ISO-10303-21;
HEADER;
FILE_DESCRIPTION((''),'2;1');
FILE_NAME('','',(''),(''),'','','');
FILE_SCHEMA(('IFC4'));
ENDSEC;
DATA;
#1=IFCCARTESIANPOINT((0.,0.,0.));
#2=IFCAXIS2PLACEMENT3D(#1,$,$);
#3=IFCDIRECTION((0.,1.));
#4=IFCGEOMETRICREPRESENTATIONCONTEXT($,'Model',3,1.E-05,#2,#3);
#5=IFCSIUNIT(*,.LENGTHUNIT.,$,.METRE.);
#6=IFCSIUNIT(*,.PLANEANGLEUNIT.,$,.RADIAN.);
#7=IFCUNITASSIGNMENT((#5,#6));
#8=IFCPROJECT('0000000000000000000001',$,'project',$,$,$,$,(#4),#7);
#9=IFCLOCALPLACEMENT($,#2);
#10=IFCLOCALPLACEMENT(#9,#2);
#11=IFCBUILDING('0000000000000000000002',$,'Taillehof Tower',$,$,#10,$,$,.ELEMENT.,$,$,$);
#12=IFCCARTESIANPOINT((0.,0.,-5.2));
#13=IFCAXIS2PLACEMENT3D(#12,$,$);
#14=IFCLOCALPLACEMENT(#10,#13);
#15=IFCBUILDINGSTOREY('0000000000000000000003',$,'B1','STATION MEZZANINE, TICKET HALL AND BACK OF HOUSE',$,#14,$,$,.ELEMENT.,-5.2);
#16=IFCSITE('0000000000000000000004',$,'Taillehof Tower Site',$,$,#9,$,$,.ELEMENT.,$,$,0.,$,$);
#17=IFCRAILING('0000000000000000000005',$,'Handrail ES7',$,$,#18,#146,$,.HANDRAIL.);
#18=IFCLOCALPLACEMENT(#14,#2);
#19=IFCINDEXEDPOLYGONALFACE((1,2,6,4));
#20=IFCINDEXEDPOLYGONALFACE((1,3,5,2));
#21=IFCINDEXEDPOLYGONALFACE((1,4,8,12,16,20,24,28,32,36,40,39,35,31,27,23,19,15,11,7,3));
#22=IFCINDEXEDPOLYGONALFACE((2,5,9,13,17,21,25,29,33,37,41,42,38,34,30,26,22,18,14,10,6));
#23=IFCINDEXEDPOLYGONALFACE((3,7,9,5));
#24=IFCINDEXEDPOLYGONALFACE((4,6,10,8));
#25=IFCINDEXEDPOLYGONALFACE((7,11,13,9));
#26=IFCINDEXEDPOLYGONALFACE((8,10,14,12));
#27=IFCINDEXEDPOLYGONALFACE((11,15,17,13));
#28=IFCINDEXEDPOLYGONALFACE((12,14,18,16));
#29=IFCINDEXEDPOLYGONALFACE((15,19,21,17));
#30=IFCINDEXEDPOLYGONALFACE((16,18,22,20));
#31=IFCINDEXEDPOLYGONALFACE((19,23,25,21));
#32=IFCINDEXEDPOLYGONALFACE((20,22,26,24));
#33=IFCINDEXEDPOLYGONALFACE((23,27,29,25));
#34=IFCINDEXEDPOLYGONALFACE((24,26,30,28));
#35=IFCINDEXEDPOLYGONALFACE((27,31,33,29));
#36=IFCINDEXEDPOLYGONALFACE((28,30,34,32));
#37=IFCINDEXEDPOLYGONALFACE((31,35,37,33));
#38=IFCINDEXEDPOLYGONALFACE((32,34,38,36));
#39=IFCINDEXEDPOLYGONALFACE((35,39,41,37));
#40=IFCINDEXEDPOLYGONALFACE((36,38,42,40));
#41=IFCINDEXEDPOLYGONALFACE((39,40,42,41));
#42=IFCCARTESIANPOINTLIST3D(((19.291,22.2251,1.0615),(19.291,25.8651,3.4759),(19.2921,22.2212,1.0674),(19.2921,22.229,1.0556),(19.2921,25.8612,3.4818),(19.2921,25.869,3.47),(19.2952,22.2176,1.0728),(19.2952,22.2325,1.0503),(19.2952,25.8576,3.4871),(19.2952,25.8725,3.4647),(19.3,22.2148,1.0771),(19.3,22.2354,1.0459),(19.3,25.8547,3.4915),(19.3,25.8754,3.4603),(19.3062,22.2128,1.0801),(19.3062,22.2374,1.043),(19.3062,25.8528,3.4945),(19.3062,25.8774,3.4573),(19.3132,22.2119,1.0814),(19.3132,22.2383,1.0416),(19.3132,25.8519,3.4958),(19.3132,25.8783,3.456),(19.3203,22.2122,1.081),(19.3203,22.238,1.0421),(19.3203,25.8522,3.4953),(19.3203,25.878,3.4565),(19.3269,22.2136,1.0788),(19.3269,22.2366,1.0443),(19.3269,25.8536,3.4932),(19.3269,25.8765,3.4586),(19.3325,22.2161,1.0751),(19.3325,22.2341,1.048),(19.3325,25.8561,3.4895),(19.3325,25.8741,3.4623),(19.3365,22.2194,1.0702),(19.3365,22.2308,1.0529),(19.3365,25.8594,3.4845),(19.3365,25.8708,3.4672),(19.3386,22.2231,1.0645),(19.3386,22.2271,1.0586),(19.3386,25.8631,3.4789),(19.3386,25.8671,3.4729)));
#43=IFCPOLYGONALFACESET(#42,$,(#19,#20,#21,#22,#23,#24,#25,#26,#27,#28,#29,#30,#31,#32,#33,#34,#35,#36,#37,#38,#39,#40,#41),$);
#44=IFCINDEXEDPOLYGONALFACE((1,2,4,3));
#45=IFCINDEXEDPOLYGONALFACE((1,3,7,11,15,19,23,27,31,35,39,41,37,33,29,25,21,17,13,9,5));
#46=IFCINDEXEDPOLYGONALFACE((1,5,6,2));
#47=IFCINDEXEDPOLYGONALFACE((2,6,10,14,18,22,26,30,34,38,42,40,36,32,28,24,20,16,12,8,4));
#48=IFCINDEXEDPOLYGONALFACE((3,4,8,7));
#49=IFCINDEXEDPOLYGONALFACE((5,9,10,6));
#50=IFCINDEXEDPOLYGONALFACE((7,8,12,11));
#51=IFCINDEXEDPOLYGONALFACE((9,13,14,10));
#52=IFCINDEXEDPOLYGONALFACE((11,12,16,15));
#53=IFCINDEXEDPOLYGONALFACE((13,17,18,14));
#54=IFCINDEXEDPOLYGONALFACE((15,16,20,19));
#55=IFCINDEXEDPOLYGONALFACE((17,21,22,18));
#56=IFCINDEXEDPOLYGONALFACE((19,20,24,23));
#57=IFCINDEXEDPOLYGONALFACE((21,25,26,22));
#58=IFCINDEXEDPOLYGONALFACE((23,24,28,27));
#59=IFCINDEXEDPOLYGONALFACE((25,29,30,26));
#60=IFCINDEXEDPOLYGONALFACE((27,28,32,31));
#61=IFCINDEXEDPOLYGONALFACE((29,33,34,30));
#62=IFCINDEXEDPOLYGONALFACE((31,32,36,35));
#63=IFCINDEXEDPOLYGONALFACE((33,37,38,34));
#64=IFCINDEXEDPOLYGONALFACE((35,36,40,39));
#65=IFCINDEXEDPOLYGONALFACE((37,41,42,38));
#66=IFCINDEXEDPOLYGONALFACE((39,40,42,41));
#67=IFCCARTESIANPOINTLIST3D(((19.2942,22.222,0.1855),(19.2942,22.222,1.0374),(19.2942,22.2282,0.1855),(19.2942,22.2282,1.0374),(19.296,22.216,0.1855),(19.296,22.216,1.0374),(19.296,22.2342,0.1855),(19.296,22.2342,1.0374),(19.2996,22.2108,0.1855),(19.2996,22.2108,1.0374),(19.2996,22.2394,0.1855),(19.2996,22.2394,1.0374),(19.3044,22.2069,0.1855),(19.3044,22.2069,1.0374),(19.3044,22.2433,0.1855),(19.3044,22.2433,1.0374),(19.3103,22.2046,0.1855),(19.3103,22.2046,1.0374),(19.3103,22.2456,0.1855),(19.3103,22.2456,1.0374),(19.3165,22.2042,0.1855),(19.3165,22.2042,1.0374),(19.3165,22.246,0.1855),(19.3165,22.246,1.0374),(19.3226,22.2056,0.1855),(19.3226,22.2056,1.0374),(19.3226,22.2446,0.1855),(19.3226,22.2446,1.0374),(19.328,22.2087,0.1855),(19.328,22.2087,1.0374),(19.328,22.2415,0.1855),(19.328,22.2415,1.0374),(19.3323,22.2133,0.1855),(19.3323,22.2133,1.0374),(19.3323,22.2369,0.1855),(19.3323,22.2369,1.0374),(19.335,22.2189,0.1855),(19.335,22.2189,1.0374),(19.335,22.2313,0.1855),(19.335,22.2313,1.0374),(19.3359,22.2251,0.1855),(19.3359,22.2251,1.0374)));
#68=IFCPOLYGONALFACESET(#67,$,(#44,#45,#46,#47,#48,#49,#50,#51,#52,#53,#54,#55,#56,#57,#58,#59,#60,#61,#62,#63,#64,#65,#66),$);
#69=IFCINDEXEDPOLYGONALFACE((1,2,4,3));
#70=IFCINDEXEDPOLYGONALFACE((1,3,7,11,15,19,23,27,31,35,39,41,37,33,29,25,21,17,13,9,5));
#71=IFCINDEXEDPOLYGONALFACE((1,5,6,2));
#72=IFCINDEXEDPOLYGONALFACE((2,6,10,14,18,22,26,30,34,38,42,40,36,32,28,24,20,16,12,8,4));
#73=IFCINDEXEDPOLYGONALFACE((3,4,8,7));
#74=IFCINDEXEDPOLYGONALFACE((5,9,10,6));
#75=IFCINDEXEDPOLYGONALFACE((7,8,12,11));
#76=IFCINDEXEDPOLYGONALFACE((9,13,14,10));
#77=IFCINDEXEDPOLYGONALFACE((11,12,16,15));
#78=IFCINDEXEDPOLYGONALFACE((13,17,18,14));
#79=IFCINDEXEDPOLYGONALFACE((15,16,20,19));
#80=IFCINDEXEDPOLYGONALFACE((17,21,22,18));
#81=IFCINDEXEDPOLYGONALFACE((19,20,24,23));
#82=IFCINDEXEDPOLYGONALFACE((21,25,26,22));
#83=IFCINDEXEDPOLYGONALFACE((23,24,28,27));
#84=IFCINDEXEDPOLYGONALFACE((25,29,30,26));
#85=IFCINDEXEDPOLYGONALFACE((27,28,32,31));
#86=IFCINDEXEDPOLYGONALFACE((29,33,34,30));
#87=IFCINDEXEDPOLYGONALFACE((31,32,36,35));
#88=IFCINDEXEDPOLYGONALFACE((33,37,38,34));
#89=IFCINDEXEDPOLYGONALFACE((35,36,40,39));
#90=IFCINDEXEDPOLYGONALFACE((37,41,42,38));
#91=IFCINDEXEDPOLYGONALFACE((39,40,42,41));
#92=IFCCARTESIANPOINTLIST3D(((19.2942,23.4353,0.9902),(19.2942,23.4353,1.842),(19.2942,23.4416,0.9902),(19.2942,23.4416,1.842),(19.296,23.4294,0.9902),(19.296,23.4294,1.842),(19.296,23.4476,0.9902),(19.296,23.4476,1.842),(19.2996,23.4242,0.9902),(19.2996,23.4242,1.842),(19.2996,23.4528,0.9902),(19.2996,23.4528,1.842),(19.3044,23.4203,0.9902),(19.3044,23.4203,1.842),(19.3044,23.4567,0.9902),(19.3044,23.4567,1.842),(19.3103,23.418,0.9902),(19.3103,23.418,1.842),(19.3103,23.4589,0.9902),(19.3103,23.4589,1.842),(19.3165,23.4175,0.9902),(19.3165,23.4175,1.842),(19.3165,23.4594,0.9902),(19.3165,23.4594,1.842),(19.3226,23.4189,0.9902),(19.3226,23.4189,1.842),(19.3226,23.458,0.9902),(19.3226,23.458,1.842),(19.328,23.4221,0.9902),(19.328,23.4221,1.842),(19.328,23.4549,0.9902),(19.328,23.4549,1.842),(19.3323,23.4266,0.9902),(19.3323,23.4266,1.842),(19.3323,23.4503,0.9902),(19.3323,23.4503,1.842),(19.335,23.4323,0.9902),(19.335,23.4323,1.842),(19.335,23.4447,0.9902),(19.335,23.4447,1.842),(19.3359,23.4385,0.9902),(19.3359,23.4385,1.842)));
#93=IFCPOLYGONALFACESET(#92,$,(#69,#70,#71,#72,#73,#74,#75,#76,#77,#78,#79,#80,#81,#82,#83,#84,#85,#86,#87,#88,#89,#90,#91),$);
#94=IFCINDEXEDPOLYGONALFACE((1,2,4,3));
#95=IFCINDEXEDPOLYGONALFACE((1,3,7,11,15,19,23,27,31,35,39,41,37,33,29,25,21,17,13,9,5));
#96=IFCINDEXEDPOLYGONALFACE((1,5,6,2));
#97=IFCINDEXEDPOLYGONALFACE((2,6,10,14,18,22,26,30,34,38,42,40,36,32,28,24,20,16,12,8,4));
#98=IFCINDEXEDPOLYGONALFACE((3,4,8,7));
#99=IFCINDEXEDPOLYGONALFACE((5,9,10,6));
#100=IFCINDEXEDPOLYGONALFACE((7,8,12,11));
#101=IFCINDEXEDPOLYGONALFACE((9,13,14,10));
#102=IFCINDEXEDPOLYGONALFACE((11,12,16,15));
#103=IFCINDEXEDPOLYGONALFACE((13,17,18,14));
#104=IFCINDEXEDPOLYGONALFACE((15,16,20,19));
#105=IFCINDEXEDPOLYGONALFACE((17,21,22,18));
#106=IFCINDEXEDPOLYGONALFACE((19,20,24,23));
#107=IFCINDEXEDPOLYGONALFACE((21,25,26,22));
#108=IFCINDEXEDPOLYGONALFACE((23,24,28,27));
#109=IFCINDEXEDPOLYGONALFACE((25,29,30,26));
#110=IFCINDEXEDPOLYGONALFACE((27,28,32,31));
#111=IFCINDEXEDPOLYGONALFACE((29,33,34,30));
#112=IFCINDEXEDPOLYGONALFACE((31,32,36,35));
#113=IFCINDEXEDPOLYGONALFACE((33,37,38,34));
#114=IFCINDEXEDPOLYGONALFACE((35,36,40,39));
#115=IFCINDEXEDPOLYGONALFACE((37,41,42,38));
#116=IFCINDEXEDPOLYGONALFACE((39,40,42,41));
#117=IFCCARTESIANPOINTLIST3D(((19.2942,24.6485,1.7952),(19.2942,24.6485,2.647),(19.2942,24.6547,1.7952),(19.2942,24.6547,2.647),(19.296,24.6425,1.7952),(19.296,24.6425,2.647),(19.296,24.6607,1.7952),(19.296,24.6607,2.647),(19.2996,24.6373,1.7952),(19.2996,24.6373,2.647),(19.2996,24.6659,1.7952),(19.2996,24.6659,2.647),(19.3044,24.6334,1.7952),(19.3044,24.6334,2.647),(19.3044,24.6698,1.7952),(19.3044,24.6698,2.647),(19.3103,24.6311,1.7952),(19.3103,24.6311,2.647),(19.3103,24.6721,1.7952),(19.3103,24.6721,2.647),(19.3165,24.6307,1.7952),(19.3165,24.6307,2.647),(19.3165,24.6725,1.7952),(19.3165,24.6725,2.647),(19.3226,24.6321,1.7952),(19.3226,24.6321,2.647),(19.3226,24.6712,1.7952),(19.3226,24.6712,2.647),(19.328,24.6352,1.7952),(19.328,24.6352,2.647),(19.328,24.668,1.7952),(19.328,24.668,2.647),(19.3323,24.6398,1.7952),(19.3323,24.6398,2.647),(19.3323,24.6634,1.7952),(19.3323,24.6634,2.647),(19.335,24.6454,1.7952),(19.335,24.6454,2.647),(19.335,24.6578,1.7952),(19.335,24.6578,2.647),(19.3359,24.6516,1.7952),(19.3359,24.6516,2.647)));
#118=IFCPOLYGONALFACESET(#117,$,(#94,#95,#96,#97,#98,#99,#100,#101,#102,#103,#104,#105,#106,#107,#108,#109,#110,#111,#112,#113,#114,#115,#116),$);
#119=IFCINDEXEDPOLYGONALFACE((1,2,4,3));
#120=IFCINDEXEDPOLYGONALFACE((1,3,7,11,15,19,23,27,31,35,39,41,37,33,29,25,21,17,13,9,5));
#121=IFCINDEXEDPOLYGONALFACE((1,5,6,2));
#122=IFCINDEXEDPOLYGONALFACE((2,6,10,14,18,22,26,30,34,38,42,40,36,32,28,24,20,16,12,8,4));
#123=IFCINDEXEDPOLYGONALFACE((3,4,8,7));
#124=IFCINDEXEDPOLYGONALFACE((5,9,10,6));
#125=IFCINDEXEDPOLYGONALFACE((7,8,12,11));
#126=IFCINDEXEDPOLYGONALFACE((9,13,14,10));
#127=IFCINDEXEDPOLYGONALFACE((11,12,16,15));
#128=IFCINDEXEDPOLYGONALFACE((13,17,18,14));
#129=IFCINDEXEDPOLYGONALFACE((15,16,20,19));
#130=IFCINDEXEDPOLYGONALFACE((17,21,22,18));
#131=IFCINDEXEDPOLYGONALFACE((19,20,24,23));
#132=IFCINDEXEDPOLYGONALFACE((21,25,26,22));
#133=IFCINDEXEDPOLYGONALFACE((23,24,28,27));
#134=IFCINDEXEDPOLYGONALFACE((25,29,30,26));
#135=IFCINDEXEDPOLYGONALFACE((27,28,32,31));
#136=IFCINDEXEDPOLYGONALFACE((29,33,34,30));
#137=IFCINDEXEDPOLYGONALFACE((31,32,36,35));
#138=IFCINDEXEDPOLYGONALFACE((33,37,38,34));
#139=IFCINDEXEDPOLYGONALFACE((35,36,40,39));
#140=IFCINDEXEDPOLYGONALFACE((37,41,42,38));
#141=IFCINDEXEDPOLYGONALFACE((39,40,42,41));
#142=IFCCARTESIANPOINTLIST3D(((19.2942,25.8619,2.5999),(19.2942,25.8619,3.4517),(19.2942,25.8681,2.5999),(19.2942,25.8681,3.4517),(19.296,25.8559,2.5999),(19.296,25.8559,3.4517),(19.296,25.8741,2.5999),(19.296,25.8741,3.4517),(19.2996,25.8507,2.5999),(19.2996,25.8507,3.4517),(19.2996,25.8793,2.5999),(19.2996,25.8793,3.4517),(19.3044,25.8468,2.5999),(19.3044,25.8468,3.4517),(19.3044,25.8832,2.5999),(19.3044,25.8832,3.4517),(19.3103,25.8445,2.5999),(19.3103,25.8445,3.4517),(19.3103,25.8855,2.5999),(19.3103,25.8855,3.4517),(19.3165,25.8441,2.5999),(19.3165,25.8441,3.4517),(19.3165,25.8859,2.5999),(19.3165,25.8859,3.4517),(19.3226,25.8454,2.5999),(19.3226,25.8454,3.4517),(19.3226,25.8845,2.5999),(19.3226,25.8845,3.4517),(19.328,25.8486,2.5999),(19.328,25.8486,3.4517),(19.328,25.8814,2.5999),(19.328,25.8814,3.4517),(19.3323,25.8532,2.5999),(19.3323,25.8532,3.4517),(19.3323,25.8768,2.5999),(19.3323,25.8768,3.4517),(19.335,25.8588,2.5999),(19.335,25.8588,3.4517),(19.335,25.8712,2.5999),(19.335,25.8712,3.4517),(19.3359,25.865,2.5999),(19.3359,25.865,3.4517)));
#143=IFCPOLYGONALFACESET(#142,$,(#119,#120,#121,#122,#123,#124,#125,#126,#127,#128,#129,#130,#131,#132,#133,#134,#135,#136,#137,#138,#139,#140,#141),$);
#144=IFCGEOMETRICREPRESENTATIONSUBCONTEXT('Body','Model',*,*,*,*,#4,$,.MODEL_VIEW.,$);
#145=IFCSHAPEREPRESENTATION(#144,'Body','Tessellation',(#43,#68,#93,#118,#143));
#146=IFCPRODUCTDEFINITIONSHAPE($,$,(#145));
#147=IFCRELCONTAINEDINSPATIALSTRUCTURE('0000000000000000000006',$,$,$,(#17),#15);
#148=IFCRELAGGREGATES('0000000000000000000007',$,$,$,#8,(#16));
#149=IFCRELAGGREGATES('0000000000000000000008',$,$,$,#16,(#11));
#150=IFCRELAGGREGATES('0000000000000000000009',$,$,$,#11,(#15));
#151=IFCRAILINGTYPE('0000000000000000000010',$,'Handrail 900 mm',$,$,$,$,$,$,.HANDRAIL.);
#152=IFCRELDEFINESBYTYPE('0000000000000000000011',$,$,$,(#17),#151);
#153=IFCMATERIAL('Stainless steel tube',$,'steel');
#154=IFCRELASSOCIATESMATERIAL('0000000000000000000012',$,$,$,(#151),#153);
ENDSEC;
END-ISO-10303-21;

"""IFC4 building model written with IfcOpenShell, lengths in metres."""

from ifc_helpers import new_model, si_unit, direction, frame, origin, origin_2d, place, context, subcontext, project, spatial, circle, extrude, material, type_object, element, save


model = new_model("IFC4")

# Units and contexts
model_context = context("Model", 3, precision=1e-05, world=origin(), true_north=direction((0.0, 1.0)))
body_context = subcontext(model_context, "Body", "Model", "MODEL_VIEW")
ifc_project = project(units=[si_unit("LENGTHUNIT", "METRE"), si_unit("PLANEANGLEUNIT", "RADIAN")], contexts=[model_context])

# Site, building, storey
site_placement = place(None, origin())
site = spatial("IfcSite", under=ifc_project, at=site_placement, Name="Taillehof Tower Site", CompositionType="ELEMENT", RefElevation=0.0)
building_placement = place(site_placement, origin())
building = spatial("IfcBuilding", under=site, at=building_placement, Name="Taillehof Tower", CompositionType="ELEMENT")
storey_placement = place(building_placement, frame((0.0, 0.0, -5.2)))
storey = spatial("IfcBuildingStorey", under=building, at=storey_placement, Name="B1", Description="STATION MEZZANINE, TICKET HALL AND BACK OF HOUSE", CompositionType="ELEMENT", Elevation=-5.2)

# Railing
ifc_material_1 = material(Name="Stainless steel tube", Category="steel")
railing_type = type_object("IfcRailingType", Name="Handrail 900 mm", PredefinedType="HANDRAIL", material=ifc_material_1)
for number, where, name in (
    (1, (19.3149, 22.2251, 0.1855), "Handrail ES7"),
):
    element("IfcRailing", number, at=place(storey_placement, frame(where)), inside=storey, type_object=railing_type, Name=name, PredefinedType="HANDRAIL", context=body_context, shape_type="SweptSolid", body=[
        extrude(circle(Radius=0.0239, at=origin_2d()), frame((0.0, 0.0, 0.876), z_axis=(0.0, 0.833347, 0.552751), x_axis=(-1.0, 0.0, 0.0)), (0.0, 0.0, 1.0), 4.3679),
        extrude(circle(Radius=0.021, at=origin_2d()), origin(), (0.0, 0.0, 1.0), 0.8518),
        extrude(circle(Radius=0.021, at=origin_2d()), frame((0.0, 1.2134, 0.8047)), (0.0, 0.0, 1.0), 0.8518),
        extrude(circle(Radius=0.021, at=origin_2d()), frame((0.0, 2.4265, 1.6096)), (0.0, 0.0, 1.0), 0.8518),
        extrude(circle(Radius=0.021, at=origin_2d()), frame((0.0, 3.6399, 2.4143)), (0.0, 0.0, 1.0), 0.8518),
    ])

save(model, "model.ifc")
